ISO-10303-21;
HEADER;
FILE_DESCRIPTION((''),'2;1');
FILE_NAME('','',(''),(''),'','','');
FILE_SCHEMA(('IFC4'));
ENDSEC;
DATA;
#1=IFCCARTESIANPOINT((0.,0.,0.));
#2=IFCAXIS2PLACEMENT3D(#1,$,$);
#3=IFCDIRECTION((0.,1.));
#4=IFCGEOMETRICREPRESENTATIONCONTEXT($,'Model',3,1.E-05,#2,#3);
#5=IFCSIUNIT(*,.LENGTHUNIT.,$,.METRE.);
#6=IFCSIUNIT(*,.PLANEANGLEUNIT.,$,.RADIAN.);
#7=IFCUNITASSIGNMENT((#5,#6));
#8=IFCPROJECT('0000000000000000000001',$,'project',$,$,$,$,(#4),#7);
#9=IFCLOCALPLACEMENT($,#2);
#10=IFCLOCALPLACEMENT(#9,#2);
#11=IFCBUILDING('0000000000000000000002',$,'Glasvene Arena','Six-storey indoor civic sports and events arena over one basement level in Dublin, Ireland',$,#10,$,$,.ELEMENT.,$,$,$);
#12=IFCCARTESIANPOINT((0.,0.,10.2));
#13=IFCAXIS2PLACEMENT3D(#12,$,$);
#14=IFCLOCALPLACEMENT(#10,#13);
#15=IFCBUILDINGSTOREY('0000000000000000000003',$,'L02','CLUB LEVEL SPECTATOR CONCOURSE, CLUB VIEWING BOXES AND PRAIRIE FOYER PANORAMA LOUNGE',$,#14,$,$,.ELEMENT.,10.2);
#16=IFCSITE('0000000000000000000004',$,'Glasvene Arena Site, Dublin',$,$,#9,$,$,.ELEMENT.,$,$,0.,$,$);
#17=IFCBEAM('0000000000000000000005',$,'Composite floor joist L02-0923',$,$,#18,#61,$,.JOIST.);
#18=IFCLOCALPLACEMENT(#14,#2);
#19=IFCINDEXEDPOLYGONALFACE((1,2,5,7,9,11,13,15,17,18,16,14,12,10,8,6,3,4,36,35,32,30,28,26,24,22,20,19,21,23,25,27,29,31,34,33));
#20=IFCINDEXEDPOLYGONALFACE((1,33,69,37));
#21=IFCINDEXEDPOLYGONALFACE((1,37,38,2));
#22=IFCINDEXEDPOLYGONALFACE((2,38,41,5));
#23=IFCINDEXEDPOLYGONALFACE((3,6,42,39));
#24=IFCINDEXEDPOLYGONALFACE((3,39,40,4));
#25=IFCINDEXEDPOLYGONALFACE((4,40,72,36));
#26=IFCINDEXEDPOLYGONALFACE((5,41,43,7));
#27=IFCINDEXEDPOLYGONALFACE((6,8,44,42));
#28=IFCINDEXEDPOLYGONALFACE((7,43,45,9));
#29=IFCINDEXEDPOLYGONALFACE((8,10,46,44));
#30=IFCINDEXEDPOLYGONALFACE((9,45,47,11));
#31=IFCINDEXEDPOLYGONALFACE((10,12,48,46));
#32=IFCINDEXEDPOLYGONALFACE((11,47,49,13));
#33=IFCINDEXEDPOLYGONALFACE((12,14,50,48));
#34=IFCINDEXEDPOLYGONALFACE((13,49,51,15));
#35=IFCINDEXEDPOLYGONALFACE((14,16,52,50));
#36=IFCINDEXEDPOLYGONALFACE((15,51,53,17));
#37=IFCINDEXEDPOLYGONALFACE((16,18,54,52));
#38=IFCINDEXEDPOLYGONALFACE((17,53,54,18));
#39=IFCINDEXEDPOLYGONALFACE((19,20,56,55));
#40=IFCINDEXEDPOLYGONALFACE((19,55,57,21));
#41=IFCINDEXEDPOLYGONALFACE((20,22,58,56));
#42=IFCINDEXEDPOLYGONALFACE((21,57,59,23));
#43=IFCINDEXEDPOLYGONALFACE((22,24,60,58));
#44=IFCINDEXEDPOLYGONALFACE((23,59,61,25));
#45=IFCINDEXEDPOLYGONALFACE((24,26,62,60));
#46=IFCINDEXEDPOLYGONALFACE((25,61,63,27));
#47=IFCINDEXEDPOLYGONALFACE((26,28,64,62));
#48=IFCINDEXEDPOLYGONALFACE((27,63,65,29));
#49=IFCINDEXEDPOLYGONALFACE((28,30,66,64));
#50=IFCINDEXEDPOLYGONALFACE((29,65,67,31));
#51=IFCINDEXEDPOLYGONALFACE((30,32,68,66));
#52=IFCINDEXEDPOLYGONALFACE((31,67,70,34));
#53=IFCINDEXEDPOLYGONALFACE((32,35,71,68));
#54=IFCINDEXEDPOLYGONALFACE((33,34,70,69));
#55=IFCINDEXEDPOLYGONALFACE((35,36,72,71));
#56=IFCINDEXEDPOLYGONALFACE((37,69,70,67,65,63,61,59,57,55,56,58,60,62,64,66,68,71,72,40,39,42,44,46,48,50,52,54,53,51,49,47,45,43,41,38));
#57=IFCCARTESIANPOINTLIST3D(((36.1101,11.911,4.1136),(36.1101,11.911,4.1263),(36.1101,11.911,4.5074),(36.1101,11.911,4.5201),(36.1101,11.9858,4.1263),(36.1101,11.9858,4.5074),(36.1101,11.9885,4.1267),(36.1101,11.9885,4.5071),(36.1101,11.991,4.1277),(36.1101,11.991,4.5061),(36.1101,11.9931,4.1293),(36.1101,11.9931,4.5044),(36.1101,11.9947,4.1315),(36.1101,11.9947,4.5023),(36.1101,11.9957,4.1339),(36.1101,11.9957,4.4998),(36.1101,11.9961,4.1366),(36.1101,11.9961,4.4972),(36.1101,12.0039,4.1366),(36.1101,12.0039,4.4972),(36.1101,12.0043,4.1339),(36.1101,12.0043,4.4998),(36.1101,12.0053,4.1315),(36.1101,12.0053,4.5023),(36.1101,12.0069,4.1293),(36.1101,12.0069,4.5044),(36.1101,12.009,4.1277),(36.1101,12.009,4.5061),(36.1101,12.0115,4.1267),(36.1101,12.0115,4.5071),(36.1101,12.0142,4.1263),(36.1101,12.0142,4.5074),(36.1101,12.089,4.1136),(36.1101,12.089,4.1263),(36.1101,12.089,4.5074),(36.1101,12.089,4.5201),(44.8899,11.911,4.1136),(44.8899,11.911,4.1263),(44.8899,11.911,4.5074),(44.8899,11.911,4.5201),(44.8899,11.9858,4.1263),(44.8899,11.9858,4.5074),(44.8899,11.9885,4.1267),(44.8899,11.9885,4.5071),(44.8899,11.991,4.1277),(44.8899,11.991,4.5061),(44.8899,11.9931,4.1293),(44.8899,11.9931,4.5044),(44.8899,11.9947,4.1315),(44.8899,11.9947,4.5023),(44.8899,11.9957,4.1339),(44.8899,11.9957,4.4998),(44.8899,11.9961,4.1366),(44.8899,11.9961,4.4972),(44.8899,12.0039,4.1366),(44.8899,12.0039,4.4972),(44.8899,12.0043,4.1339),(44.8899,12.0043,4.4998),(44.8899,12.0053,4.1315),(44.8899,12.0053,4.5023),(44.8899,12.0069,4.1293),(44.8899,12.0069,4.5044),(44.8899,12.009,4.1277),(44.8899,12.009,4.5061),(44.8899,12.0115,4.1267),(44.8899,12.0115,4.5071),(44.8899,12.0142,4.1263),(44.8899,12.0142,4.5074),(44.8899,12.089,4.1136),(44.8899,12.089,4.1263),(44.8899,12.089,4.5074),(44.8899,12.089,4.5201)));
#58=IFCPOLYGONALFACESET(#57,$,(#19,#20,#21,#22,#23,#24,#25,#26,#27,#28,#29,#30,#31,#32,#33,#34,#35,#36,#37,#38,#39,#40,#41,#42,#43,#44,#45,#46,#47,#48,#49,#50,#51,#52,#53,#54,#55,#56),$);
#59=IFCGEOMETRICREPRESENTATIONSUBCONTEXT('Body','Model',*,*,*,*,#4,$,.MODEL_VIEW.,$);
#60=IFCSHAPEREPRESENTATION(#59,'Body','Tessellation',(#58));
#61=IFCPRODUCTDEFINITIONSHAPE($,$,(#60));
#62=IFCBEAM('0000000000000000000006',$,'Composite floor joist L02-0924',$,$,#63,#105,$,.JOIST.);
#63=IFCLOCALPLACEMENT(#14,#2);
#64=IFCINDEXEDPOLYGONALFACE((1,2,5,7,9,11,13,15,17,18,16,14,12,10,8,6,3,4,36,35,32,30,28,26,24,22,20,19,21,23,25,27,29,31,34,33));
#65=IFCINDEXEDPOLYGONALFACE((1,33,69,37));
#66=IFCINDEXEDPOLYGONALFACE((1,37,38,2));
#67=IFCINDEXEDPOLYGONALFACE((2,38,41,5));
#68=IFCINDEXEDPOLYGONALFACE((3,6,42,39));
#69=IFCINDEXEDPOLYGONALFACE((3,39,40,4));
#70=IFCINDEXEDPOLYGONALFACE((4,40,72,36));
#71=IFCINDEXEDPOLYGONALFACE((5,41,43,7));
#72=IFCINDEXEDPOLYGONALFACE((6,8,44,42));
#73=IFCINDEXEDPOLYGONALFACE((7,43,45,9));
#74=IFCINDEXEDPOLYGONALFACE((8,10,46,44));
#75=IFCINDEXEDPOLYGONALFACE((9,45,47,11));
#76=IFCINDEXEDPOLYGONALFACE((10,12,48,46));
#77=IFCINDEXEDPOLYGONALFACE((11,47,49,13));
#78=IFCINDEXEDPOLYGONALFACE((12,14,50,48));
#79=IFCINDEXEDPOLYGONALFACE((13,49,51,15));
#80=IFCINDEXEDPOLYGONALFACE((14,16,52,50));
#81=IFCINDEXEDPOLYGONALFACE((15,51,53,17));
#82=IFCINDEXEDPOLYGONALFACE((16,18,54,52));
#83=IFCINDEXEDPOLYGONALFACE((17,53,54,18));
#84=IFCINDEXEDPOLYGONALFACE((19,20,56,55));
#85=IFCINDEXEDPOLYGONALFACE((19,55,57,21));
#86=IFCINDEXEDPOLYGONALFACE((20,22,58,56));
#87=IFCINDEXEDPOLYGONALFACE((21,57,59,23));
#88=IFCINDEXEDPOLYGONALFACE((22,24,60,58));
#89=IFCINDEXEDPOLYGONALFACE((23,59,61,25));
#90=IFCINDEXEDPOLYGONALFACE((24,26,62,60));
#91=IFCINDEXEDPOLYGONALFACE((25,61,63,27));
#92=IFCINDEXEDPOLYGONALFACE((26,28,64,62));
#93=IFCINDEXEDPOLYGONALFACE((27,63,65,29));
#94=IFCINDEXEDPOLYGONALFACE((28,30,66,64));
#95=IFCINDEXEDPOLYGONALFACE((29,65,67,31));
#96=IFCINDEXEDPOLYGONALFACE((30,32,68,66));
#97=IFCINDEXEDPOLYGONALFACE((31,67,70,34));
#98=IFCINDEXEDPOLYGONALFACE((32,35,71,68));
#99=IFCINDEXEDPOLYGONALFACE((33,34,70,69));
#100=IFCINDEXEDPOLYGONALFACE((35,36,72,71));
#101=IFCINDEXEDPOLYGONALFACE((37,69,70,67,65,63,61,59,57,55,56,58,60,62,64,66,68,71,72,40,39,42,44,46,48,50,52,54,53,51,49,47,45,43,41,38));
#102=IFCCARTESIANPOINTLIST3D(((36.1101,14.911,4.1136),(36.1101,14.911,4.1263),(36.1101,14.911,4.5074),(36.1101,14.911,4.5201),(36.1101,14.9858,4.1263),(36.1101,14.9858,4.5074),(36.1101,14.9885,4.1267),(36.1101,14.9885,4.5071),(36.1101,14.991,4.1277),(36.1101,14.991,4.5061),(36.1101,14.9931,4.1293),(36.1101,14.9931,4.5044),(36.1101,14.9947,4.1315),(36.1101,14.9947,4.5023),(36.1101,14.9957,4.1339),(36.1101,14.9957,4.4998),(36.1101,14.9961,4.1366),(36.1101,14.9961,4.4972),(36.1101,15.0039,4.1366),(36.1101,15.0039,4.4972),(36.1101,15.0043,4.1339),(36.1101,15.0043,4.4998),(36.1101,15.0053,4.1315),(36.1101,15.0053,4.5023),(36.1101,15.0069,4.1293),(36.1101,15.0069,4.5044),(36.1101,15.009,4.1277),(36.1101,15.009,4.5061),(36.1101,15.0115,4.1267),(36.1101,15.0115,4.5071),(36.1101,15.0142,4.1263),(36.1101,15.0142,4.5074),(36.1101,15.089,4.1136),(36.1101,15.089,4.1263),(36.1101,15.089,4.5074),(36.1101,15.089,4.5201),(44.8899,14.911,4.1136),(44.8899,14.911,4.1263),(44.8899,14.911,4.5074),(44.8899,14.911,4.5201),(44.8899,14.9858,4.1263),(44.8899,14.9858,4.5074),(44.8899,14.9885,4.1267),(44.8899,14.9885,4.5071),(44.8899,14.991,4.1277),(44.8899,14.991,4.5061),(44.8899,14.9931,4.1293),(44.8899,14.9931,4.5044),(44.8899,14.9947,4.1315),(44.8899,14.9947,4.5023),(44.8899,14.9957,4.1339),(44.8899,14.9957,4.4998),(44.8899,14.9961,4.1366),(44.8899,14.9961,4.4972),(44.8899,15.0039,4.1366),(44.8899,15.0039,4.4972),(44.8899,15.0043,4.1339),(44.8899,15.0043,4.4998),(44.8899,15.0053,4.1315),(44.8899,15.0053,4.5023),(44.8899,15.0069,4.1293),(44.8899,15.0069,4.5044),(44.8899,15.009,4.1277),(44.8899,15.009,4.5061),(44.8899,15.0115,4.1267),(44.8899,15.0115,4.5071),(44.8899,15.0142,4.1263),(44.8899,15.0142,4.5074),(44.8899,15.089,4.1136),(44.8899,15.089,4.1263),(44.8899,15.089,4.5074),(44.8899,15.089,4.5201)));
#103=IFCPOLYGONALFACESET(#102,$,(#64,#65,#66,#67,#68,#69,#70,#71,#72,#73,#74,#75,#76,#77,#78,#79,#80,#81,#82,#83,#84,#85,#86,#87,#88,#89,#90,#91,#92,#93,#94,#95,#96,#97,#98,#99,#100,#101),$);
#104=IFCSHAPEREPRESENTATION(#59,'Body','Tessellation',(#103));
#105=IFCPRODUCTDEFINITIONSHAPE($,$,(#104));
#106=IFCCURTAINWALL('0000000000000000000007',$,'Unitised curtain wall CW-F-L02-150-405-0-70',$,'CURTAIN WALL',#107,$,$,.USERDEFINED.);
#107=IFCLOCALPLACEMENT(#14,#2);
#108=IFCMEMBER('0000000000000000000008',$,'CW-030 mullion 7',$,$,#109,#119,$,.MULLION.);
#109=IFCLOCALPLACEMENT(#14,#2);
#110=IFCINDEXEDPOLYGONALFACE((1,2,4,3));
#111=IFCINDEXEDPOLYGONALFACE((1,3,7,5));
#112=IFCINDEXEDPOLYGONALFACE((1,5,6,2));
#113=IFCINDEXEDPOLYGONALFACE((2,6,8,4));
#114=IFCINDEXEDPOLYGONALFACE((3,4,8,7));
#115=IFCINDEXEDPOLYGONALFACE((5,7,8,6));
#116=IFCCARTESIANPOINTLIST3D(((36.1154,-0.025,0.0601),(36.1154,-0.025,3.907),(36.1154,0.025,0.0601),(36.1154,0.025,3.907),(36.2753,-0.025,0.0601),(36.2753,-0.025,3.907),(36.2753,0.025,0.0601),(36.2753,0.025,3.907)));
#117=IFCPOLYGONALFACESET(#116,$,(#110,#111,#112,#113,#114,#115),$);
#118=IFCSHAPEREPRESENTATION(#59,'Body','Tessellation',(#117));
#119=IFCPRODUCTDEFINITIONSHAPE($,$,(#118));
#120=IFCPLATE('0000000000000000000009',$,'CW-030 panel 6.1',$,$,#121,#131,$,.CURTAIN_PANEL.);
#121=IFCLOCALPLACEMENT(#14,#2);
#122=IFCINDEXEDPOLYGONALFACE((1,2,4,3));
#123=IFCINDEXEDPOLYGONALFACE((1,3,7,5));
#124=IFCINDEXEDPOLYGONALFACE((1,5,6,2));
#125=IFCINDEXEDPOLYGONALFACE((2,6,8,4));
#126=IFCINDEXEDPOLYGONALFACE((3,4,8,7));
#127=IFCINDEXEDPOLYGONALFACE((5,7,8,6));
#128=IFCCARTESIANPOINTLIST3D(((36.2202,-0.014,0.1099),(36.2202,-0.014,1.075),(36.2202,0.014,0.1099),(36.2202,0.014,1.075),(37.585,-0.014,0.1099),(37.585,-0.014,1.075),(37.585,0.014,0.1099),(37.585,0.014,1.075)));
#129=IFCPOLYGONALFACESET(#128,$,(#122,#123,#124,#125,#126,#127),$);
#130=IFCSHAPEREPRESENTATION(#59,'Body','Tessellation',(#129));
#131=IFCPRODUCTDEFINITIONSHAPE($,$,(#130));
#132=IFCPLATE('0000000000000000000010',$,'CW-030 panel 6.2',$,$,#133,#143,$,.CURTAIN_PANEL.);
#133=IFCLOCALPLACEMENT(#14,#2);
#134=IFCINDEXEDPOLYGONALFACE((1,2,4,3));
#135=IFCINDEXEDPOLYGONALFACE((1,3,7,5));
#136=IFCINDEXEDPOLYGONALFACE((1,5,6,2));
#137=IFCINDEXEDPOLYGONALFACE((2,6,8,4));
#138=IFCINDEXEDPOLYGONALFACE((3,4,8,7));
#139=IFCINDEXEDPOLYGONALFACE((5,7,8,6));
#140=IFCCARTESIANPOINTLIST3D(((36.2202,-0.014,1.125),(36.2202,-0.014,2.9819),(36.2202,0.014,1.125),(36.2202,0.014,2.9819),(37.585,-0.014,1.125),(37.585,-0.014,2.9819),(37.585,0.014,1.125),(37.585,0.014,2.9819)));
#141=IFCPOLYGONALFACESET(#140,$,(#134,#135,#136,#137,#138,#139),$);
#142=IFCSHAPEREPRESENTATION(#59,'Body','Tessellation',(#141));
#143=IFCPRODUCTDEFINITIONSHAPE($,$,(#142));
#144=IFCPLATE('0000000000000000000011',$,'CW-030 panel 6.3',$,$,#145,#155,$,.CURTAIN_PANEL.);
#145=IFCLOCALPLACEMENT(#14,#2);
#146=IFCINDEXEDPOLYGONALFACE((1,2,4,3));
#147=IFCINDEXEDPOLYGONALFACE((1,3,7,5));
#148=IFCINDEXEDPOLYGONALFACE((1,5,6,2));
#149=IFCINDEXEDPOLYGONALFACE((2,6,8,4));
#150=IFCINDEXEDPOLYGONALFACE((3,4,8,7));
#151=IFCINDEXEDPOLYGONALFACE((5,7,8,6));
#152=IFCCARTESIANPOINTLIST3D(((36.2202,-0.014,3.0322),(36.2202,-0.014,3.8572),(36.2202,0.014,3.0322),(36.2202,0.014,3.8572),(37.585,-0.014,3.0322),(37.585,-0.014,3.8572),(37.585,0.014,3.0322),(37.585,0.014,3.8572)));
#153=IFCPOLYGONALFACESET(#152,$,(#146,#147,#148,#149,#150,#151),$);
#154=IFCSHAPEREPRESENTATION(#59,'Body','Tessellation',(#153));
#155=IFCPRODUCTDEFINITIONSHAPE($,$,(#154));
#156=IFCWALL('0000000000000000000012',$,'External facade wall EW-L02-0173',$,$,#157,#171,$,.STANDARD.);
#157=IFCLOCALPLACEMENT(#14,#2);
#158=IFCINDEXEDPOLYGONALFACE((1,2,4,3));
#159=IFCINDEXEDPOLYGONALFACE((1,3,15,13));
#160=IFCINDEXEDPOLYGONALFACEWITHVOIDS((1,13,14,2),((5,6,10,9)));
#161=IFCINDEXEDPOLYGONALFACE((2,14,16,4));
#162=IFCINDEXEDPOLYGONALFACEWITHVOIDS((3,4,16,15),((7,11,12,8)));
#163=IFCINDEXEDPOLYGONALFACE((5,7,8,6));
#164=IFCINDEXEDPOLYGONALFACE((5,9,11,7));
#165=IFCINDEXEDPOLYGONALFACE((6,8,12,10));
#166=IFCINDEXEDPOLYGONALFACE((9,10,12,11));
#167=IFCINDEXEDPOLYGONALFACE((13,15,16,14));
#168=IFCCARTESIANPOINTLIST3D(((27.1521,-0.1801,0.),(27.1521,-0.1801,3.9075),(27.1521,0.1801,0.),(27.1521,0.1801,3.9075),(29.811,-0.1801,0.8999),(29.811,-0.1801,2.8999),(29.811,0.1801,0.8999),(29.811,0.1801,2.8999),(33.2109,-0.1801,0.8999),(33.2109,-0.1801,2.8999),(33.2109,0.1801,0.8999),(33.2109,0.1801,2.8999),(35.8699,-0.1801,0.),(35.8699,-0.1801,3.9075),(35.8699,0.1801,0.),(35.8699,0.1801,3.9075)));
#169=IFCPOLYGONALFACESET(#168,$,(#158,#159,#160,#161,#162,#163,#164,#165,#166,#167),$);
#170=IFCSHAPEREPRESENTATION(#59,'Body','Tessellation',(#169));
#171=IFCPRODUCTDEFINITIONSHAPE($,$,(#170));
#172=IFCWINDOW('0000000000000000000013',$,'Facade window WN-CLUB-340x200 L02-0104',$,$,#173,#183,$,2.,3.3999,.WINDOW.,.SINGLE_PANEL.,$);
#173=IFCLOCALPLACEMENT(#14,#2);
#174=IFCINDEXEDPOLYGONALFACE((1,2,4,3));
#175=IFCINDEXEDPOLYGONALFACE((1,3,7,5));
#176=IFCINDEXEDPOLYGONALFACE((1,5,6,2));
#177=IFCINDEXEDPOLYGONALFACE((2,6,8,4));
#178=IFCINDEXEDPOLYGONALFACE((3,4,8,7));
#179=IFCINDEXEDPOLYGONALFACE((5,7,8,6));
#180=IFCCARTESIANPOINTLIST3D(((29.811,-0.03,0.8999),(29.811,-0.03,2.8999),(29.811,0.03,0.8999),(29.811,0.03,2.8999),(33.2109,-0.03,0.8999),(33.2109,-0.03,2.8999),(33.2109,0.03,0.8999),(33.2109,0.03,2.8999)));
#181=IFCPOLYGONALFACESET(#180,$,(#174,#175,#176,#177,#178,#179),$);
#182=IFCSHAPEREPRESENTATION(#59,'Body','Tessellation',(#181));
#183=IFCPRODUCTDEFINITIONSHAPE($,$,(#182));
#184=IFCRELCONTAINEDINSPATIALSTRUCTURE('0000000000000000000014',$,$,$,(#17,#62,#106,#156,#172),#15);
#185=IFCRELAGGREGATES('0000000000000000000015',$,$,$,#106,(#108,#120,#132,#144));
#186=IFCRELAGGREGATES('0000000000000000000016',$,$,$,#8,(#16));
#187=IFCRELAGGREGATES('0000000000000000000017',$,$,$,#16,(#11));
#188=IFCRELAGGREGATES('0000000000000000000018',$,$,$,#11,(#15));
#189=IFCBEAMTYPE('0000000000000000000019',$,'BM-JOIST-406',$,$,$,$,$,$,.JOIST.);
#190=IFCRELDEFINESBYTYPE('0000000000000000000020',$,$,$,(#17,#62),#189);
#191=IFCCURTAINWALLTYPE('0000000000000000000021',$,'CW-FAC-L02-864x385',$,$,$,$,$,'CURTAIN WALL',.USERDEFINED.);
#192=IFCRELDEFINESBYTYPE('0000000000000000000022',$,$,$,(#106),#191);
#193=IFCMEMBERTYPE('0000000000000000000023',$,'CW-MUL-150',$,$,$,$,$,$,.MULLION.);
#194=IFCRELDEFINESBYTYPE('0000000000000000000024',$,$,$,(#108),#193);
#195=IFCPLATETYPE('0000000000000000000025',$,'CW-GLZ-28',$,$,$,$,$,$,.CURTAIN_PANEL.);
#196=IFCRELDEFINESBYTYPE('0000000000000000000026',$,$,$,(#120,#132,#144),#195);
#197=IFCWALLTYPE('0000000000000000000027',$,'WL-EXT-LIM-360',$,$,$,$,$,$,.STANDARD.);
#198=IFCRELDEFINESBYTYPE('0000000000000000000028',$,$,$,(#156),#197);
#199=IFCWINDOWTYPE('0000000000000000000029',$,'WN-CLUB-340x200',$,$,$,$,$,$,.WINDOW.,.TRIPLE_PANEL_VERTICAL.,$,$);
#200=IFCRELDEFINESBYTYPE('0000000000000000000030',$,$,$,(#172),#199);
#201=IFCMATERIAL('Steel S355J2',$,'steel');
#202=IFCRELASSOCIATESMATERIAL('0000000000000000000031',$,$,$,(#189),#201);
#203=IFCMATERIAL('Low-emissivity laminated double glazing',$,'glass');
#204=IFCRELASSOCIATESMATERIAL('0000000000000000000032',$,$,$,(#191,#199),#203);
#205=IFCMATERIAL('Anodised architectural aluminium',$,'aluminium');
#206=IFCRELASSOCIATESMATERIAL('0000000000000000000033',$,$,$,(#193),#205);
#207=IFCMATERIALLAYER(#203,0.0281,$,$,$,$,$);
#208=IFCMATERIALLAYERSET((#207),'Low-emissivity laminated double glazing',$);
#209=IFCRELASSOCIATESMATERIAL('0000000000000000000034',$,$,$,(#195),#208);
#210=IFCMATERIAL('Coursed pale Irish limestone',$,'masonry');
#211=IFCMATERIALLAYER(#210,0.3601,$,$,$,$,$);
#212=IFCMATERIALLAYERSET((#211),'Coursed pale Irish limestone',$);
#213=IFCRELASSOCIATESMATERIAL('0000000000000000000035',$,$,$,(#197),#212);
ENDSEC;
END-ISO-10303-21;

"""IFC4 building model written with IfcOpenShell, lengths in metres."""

from ifc_helpers import new_model, si_unit, direction, frame, frame_2d, origin, origin_2d, place, context, subcontext, project, spatial, rectangle, i_section, extrude, material, layer, layer_set, material_profile, profile_set, type_object, element, fill, aggregate, save


model = new_model("IFC4")

# Units and contexts
model_context = context("Model", 3, precision=1e-05, world=origin(), true_north=direction((0.0, 1.0)))
body_context = subcontext(model_context, "Body", "Model", "MODEL_VIEW")
ifc_project = project(units=[si_unit("LENGTHUNIT", "METRE"), si_unit("PLANEANGLEUNIT", "RADIAN")], contexts=[model_context])

# Site, building, storey
site_placement = place(None, origin())
site = spatial("IfcSite", under=ifc_project, at=site_placement, Name="Glasvene Arena Site, Dublin", CompositionType="ELEMENT", RefElevation=0.0)
building_placement = place(site_placement, origin())
building = spatial("IfcBuilding", under=site, at=building_placement, Name="Glasvene Arena", Description="Six-storey indoor civic sports and events arena over one basement level in Dublin, Ireland", CompositionType="ELEMENT")
storey_placement = place(building_placement, frame((0.0, 0.0, 10.2)))
storey = spatial("IfcBuildingStorey", under=building, at=storey_placement, Name="L02", Description="CLUB LEVEL SPECTATOR CONCOURSE, CLUB VIEWING BOXES AND PRAIRIE FOYER PANORAMA LOUNGE", CompositionType="ELEMENT", Elevation=10.2)

# Shared definitions
ifc_material_1 = material(Name="Steel S355J2", Category="steel")

# Beams
ifc_material_profile_1 = material_profile(ifc_material_1, i_section(OverallWidth=0.178, OverallDepth=0.4065, WebThickness=0.0078, FlangeThickness=0.0127, FilletRadius=0.0103, at=origin_2d()), Name="UKB 406x178x60")
ifc_profile_set_1 = profile_set([ifc_material_profile_1], Name="Steel S355J2")
beam_type_1 = type_object("IfcBeamType", Name="BM-JOIST-406", PredefinedType="JOIST", material=ifc_profile_set_1)
for number, where, z_axis, x_axis, name in (
    (1, (36.1101, 12.0, 4.3169), (1.0, 0.0, 0.0), (0.0, 1.0, 0.0), "Composite floor joist L02-0923"),
    (2, (36.1101, 15.0, 4.3169), (1.0, 0.0, 0.0), (0.0, 1.0, 0.0), "Composite floor joist L02-0924"),
):
    element("IfcBeam", number, at=place(storey_placement, frame(where, z_axis=z_axis, x_axis=x_axis)), inside=storey, type_object=beam_type_1, Name=name, PredefinedType="JOIST", context=body_context, shape_type="SweptSolid", body=[
        extrude(i_section(OverallWidth=0.178, OverallDepth=0.4065, WebThickness=0.0078, FlangeThickness=0.0127, FilletRadius=0.0103, at=origin_2d()), origin(), (0.0, 0.0, 1.0), 8.7798),
    ])

# Curtain wall, member, plates
ifc_material_2 = material(Name="Low-emissivity laminated double glazing", Category="glass")
curtain_wall_type = type_object("IfcCurtainWallType", Name="CW-FAC-L02-864x385", ElementType="CURTAIN WALL", PredefinedType="USERDEFINED", material=ifc_material_2)
curtain_wall_placement = place(storey_placement, frame((44.8081, 0.0, 0.0)))
curtain_wall = element("IfcCurtainWall", 3, at=curtain_wall_placement, inside=storey, type_object=curtain_wall_type, Name="Unitised curtain wall CW-F-L02-150-405-0-70", ObjectType="CURTAIN WALL", PredefinedType="USERDEFINED")
ifc_material_3 = material(Name="Anodised architectural aluminium", Category="aluminium")
ifc_material_profile_2 = material_profile(ifc_material_3, rectangle(XDim=0.05, YDim=0.1599, at=origin_2d()), Name="ALU MULLION 50x160")
ifc_profile_set_2 = profile_set([ifc_material_profile_2], Name="Anodised architectural aluminium")
member_type = type_object("IfcMemberType", Name="CW-MUL-150", PredefinedType="MULLION", material=ifc_profile_set_2)
member_placement = place(storey_placement, frame((36.1953, 0.0, 0.0601), z_axis=(0.0, 0.0, 1.0), x_axis=(0.0, -1.0, 0.0)))
member = element("IfcMember", 4, at=member_placement, type_object=member_type, Name="CW-030 mullion 7", PredefinedType="MULLION", context=body_context, shape_type="SweptSolid", body=[
    extrude(rectangle(XDim=0.05, YDim=0.1599, at=origin_2d()), origin(), (0.0, 0.0, 1.0), 3.8469),
])
ifc_layer_1 = layer(ifc_material_2, 0.0281)
ifc_layer_set_1 = layer_set([ifc_layer_1], Name="Low-emissivity laminated double glazing")
plate_type = type_object("IfcPlateType", Name="CW-GLZ-28", PredefinedType="CURTAIN_PANEL", material=ifc_layer_set_1)
plate_1_placement = place(storey_placement, frame((36.9026, 0.0, 0.1099), z_axis=(0.0, 0.0, 1.0), x_axis=(-1.0, 0.0, 0.0)))
plate_1 = element("IfcPlate", 5, at=plate_1_placement, type_object=plate_type, Name="CW-030 panel 6.1", PredefinedType="CURTAIN_PANEL", context=body_context, shape_type="SweptSolid", body=[
    extrude(rectangle(XDim=1.3647, YDim=0.0281, at=origin_2d()), origin(), (0.0, 0.0, 1.0), 0.9651),
])
plate_2_placement = place(storey_placement, frame((36.9026, 0.0, 1.125), z_axis=(0.0, 0.0, 1.0), x_axis=(-1.0, 0.0, 0.0)))
plate_2 = element("IfcPlate", 6, at=plate_2_placement, type_object=plate_type, Name="CW-030 panel 6.2", PredefinedType="CURTAIN_PANEL", context=body_context, shape_type="SweptSolid", body=[
    extrude(rectangle(XDim=1.3647, YDim=0.0281, at=origin_2d()), origin(), (0.0, 0.0, 1.0), 1.8569),
])
plate_3_placement = place(storey_placement, frame((36.9026, 0.0, 3.0322), z_axis=(0.0, 0.0, 1.0), x_axis=(-1.0, 0.0, 0.0)))
plate_3 = element("IfcPlate", 7, at=plate_3_placement, type_object=plate_type, Name="CW-030 panel 6.3", PredefinedType="CURTAIN_PANEL", context=body_context, shape_type="SweptSolid", body=[
    extrude(rectangle(XDim=1.3647, YDim=0.0281, at=origin_2d()), origin(), (0.0, 0.0, 1.0), 0.825),
])
aggregate(curtain_wall, [member, plate_1, plate_2, plate_3])

# Wall, opening, window
ifc_material_4 = material(Name="Coursed pale Irish limestone", Category="masonry")
ifc_layer_2 = layer(ifc_material_4, 0.3601)
ifc_layer_set_2 = layer_set([ifc_layer_2], Name="Coursed pale Irish limestone")
wall_type_1 = type_object("IfcWallType", Name="WL-EXT-LIM-360", PredefinedType="STANDARD", material=ifc_layer_set_2)
wall_1_placement = place(storey_placement, frame((35.8699, 0.0, 0.0), z_axis=(0.0, 0.0, 1.0), x_axis=(-1.0, 0.0, 0.0)))
wall_1 = element("IfcWall", 8, at=wall_1_placement, inside=storey, type_object=wall_type_1, Name="External facade wall EW-L02-0173", PredefinedType="STANDARD", context=body_context, shape_type="SweptSolid", body=[
    extrude(rectangle(XDim=8.7178, YDim=0.3601, at=frame_2d((4.3589, 0.0))), origin(), (0.0, 0.0, 1.0), 3.9075),
])
opening_1_placement = place(wall_1_placement, frame((2.6589, 0.0, 0.8999)))
opening_1 = element("IfcOpeningElement", 9, at=opening_1_placement, cuts=wall_1, PredefinedType="OPENING", context=body_context, shape_type="SweptSolid", body=[
    extrude(rectangle(XDim=3.3999, YDim=2.0, at=frame_2d((1.7, 1.0))), frame((0.0, 0.1899, 0.0), z_axis=(0.0, -1.0, 0.0), x_axis=(1.0, 0.0, 0.0)), (0.0, 0.0, 1.0), 0.3801),
])
window_type = type_object("IfcWindowType", Name="WN-CLUB-340x200", PartitioningType="TRIPLE_PANEL_VERTICAL", PredefinedType="WINDOW", material=ifc_material_2)
window_placement = place(opening_1_placement, origin())
window = element("IfcWindow", 10, at=window_placement, inside=storey, type_object=window_type, Name="Facade window WN-CLUB-340x200 L02-0104", OverallHeight=2.0, OverallWidth=3.3999, PartitioningType="SINGLE_PANEL", PredefinedType="WINDOW", context=body_context, shape_type="SweptSolid", body=[
    extrude(rectangle(XDim=3.3999, YDim=2.0, at=frame_2d((1.7, 1.0))), frame((0.0, 0.03, 0.0), z_axis=(0.0, -1.0, 0.0), x_axis=(1.0, 0.0, 0.0)), (0.0, 0.0, 1.0), 0.0601),
])
fill(opening_1, window)

save(model, "model.ifc")
